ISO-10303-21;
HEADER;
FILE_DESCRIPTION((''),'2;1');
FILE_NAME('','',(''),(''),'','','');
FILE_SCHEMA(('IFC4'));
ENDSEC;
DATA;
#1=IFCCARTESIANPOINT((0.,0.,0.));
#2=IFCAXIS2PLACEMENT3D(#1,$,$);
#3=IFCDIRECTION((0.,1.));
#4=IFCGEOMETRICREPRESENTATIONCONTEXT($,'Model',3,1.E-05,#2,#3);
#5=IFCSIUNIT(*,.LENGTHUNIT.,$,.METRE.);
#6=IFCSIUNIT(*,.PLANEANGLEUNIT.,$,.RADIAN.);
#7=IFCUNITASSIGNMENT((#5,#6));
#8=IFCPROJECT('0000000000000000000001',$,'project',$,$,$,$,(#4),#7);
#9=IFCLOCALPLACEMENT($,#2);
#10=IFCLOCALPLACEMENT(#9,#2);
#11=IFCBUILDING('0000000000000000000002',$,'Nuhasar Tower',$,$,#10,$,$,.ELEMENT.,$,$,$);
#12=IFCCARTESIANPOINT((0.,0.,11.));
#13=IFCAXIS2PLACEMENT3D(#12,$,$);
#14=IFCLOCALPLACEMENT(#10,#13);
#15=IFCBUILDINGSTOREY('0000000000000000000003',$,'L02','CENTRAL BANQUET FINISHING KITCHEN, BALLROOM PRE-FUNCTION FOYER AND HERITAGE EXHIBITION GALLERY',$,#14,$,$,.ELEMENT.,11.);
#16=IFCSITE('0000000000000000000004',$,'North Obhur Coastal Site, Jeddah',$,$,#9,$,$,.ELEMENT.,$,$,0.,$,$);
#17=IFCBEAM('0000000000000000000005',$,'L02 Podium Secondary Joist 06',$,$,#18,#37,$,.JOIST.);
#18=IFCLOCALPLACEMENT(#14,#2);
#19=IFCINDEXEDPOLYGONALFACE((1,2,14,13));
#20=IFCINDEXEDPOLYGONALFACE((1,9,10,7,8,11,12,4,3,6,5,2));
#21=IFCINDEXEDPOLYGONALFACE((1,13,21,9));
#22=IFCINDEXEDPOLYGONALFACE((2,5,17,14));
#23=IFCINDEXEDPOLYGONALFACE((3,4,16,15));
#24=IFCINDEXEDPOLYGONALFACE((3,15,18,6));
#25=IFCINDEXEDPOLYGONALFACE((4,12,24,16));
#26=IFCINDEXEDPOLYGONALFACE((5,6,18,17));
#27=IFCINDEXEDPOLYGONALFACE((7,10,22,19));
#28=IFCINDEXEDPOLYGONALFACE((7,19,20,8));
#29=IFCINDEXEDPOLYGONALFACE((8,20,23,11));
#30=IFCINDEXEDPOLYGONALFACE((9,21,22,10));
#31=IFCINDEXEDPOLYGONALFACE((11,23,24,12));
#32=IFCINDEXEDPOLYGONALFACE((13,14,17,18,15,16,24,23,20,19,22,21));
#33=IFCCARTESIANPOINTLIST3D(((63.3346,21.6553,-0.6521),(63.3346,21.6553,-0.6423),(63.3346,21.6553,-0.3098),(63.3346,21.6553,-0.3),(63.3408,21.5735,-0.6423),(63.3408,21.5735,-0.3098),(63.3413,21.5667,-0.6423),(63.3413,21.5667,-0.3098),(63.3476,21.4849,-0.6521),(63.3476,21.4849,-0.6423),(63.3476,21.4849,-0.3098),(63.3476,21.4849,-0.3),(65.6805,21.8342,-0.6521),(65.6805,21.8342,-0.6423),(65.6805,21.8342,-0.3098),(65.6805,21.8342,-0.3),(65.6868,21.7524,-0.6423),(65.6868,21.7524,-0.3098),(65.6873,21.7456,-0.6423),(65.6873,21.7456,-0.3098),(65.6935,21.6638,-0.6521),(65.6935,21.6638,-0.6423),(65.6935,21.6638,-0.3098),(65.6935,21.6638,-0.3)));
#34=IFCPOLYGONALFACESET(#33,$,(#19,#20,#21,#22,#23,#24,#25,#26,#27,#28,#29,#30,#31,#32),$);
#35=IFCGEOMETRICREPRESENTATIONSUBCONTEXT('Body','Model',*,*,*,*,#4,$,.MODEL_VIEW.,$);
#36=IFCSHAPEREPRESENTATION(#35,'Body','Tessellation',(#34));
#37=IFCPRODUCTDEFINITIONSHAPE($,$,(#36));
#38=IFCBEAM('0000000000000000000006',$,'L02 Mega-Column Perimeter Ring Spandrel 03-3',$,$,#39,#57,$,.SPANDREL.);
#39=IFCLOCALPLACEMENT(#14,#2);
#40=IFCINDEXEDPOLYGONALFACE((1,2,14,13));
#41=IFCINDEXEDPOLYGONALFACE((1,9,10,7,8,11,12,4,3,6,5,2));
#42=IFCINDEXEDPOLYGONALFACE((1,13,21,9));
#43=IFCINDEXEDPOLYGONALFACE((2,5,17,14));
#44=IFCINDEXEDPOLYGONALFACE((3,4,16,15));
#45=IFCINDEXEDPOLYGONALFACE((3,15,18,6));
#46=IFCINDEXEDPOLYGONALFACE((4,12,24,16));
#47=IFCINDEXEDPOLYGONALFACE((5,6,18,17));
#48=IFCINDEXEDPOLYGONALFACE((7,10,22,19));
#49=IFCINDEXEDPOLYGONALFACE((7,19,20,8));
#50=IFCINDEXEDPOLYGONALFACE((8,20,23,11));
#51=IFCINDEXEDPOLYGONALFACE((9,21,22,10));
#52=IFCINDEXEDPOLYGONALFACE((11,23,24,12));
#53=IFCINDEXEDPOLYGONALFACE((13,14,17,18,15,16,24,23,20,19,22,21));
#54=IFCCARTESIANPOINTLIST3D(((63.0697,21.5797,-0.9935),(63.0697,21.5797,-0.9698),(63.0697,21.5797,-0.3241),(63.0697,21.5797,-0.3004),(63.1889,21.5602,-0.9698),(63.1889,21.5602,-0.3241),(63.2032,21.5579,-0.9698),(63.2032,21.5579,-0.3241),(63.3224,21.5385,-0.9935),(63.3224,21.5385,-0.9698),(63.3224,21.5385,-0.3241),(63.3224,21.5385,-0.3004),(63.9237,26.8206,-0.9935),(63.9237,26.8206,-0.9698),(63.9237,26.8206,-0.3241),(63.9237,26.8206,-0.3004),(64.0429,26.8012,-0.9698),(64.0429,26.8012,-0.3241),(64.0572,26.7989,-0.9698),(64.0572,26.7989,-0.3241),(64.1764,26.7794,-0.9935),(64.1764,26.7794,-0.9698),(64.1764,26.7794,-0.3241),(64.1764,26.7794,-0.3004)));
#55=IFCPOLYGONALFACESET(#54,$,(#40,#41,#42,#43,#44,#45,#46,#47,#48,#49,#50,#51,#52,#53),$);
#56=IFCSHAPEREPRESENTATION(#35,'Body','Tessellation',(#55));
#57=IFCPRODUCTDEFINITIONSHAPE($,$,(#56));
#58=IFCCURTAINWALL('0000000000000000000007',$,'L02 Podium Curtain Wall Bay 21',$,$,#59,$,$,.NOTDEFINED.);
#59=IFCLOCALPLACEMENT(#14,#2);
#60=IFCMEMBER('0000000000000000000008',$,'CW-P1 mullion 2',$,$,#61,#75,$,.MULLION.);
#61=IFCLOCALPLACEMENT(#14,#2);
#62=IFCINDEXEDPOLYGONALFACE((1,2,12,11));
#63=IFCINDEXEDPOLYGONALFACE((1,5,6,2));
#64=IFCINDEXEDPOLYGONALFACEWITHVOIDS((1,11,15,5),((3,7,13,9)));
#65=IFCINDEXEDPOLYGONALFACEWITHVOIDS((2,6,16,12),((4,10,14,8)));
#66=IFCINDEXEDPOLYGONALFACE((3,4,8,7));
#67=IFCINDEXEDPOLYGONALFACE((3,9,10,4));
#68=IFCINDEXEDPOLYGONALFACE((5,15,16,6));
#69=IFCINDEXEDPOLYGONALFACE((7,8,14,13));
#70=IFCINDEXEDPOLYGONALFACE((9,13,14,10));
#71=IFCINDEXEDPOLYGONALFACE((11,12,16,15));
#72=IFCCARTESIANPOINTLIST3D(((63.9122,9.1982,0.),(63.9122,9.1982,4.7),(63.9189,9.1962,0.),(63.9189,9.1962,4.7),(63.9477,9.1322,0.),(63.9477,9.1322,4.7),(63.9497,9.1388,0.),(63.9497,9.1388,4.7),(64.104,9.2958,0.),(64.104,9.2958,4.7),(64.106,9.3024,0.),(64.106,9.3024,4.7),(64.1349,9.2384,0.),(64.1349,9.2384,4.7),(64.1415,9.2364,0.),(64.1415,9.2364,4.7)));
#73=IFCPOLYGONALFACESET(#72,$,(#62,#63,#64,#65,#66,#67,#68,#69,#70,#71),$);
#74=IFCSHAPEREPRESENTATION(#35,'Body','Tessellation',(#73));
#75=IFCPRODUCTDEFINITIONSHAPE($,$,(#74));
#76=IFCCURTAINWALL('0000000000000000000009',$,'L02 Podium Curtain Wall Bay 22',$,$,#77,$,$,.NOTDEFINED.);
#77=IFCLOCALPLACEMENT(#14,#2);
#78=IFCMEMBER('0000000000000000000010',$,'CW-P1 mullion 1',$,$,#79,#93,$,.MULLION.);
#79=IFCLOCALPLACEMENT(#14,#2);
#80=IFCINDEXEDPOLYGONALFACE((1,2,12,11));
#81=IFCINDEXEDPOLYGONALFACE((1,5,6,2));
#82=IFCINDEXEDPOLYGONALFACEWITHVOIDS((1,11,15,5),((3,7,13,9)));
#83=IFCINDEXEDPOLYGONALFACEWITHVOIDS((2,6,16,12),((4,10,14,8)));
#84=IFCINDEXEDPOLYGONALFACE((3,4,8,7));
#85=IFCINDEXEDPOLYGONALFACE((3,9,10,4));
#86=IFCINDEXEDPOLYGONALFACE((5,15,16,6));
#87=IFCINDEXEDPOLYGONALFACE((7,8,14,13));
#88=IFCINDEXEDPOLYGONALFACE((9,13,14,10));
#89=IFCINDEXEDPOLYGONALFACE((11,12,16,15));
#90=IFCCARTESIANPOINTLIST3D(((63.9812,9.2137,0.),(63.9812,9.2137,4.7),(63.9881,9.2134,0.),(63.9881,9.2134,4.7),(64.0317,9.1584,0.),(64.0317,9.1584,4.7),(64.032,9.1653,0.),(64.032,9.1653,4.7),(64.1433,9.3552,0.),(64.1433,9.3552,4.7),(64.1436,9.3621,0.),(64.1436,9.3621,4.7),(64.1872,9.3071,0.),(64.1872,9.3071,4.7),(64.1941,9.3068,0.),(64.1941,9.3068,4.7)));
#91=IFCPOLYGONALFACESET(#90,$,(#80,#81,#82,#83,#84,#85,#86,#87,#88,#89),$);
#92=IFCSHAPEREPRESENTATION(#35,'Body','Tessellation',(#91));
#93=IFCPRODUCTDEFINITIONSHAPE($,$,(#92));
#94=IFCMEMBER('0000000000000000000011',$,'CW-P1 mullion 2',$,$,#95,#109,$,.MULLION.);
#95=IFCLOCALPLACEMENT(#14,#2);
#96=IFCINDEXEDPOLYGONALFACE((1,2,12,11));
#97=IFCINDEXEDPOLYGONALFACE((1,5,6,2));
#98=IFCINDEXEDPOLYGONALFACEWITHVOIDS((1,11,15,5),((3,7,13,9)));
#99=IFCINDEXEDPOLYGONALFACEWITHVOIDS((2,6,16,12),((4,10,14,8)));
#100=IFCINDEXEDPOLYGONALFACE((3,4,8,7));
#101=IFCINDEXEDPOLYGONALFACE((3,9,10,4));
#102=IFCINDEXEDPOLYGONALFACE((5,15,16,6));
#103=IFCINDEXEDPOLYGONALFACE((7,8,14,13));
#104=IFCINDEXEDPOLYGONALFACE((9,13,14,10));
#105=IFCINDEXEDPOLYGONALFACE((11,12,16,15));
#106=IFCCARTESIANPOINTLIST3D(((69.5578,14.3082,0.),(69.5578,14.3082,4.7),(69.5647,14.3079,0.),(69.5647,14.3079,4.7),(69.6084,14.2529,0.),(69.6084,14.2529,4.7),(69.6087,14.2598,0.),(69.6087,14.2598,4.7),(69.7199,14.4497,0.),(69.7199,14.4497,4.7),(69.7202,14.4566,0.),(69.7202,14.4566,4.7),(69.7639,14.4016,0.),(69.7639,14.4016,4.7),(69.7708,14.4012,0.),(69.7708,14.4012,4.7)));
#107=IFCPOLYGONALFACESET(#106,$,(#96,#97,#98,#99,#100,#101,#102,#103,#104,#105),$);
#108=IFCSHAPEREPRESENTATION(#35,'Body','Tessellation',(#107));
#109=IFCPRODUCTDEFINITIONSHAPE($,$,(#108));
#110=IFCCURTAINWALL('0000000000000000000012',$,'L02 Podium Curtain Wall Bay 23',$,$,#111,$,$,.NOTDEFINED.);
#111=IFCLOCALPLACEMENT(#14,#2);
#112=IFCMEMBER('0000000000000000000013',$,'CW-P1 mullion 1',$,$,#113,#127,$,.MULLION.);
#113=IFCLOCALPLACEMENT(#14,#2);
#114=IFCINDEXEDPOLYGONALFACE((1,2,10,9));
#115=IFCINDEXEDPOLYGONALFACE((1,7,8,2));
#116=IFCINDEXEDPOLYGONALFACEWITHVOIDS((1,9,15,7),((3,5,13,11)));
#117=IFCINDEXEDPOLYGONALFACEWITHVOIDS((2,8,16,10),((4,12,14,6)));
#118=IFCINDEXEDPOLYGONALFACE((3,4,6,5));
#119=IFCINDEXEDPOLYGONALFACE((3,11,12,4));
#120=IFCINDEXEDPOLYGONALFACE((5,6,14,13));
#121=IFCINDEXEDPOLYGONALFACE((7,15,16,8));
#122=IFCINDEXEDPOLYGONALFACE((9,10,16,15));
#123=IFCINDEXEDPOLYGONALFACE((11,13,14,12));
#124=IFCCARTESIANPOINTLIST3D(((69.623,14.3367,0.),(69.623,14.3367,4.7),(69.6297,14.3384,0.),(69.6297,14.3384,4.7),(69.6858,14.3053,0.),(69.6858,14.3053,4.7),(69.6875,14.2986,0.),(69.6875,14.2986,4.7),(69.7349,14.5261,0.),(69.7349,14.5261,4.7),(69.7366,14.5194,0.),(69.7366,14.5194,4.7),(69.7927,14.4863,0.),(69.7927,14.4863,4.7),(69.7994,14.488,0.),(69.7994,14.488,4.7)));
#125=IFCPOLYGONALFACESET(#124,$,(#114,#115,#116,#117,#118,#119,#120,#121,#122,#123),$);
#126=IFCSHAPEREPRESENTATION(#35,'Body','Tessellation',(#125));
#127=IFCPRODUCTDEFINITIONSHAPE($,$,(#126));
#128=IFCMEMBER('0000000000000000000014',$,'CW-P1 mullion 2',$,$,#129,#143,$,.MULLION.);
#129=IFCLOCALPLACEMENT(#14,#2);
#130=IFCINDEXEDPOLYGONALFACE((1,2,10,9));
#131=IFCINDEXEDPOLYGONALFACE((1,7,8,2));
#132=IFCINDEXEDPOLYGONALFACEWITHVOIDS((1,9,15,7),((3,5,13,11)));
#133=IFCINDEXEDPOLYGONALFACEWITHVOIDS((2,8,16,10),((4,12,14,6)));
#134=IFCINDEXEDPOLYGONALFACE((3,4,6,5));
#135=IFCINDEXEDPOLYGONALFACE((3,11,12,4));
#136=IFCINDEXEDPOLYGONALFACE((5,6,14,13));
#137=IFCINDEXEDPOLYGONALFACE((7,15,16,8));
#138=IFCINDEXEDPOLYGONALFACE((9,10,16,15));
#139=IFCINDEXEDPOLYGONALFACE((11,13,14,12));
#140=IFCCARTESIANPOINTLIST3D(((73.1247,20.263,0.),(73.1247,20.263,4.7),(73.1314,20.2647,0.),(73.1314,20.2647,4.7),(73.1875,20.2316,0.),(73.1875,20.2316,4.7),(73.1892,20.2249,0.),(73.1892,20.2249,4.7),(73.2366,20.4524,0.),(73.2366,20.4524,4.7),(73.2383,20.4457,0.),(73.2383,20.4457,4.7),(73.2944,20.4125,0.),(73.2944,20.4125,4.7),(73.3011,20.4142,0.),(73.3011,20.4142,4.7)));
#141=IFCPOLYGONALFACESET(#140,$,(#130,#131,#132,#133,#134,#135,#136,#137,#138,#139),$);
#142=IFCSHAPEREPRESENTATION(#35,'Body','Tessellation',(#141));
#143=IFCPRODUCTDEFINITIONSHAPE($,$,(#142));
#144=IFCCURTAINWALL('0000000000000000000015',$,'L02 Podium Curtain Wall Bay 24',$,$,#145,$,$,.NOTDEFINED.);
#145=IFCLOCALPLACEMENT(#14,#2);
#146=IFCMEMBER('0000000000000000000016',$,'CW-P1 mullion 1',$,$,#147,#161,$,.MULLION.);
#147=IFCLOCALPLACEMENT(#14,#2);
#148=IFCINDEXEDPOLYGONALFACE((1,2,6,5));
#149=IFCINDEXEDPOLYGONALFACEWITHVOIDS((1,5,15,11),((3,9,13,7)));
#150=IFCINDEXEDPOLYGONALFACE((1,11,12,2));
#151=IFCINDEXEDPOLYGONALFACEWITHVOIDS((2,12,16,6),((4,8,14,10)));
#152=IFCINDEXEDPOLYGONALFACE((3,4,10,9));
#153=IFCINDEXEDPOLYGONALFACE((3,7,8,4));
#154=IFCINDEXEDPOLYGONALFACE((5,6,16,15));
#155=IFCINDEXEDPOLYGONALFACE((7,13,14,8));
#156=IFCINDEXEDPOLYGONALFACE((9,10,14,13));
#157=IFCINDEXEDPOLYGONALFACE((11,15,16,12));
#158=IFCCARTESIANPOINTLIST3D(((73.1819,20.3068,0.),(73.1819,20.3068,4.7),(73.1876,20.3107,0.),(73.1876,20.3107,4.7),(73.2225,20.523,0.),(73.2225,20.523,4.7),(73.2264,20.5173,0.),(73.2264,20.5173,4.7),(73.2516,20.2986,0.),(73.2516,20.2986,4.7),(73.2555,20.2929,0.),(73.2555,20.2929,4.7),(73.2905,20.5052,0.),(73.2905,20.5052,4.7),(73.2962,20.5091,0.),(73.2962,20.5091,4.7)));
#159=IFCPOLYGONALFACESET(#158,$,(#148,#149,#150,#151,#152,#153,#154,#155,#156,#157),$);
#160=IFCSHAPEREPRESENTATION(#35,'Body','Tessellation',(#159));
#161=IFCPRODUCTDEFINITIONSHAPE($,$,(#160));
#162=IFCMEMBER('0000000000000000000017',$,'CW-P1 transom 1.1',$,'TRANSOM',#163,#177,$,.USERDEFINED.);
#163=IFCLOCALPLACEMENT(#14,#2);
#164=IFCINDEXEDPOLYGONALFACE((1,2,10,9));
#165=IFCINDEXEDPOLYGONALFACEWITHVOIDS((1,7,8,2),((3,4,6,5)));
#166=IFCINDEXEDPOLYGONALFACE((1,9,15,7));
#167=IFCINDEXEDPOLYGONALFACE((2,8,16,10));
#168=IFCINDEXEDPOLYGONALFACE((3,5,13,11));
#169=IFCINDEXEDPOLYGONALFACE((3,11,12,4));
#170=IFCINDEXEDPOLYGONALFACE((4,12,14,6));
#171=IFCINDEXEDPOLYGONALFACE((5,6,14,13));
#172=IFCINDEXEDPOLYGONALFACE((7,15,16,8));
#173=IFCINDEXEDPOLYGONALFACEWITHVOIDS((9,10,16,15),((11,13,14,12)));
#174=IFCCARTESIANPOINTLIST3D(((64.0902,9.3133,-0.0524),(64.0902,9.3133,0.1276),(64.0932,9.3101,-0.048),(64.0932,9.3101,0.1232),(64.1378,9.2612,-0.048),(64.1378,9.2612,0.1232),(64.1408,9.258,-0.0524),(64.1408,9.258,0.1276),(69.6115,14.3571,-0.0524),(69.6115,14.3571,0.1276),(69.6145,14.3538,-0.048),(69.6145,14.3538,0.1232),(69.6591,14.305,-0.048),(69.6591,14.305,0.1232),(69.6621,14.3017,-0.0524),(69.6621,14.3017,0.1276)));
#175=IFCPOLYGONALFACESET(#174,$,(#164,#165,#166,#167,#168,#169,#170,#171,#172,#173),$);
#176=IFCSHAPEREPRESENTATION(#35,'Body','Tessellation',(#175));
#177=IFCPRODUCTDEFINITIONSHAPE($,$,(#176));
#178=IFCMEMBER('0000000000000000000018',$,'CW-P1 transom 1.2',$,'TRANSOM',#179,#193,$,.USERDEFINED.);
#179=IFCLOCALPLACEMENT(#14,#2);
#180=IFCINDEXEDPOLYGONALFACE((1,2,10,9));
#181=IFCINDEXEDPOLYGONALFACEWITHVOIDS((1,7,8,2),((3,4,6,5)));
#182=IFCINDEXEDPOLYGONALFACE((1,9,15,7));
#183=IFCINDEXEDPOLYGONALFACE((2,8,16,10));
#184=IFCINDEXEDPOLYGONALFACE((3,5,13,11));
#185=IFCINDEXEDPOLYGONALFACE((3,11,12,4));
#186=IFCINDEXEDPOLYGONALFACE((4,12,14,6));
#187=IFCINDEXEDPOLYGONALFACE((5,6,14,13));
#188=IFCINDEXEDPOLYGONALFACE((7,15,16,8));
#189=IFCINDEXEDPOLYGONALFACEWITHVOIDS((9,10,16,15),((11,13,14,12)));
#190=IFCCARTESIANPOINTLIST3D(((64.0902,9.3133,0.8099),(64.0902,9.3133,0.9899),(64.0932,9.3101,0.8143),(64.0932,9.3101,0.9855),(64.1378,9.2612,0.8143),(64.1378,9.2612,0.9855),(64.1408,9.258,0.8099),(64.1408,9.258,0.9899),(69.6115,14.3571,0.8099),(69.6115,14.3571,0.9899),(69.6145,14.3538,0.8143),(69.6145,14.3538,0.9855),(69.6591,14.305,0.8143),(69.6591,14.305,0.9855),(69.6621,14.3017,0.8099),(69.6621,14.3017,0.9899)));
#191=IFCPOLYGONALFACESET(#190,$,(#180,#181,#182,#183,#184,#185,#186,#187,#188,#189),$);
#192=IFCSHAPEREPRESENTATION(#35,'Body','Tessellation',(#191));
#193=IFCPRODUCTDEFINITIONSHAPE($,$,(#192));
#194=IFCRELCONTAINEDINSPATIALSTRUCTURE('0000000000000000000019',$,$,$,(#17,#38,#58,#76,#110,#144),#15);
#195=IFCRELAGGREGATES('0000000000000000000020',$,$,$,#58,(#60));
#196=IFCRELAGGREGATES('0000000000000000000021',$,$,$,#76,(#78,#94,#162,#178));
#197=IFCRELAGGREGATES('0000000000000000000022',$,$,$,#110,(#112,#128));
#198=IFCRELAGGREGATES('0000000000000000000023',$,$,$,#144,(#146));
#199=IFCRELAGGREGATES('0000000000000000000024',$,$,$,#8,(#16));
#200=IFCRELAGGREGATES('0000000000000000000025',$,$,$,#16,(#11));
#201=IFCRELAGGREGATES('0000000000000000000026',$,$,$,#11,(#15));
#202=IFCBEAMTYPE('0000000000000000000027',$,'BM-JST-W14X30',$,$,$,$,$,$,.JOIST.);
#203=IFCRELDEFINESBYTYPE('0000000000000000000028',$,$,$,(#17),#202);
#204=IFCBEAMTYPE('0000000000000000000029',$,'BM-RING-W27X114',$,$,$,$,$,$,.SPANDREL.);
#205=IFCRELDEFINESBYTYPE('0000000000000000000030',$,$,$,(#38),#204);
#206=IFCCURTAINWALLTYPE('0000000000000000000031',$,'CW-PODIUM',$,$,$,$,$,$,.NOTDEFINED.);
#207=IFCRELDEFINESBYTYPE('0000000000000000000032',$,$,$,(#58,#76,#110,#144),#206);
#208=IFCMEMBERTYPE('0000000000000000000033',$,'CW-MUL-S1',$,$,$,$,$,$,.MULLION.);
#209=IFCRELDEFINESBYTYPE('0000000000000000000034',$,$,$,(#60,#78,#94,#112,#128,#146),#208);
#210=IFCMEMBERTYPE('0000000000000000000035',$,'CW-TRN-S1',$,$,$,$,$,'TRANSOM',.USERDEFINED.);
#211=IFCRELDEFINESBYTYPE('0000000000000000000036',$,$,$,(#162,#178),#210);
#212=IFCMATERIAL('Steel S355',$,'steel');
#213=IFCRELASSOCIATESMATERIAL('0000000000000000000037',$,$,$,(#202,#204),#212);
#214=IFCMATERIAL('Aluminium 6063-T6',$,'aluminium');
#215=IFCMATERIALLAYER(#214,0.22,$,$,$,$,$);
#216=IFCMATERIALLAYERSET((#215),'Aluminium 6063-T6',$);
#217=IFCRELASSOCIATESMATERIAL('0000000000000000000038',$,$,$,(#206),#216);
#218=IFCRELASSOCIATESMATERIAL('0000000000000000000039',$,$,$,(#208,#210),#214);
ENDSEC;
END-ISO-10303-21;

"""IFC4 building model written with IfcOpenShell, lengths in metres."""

from ifc_helpers import new_model, si_unit, direction, frame, origin, origin_2d, place, context, subcontext, project, spatial, hollow_rectangle, i_section, extrude, material, layer, layer_set, material_profile, profile_set, type_object, element, aggregate, save


model = new_model("IFC4")

# Units and contexts
model_context = context("Model", 3, precision=1e-05, world=origin(), true_north=direction((0.0, 1.0)))
body_context = subcontext(model_context, "Body", "Model", "MODEL_VIEW")
ifc_project = project(units=[si_unit("LENGTHUNIT", "METRE"), si_unit("PLANEANGLEUNIT", "RADIAN")], contexts=[model_context])

# Site, building, storey
site_placement = place(None, origin())
site = spatial("IfcSite", under=ifc_project, at=site_placement, Name="North Obhur Coastal Site, Jeddah", CompositionType="ELEMENT", RefElevation=0.0)
building_placement = place(site_placement, origin())
building = spatial("IfcBuilding", under=site, at=building_placement, Name="Nuhasar Tower", CompositionType="ELEMENT")
storey_placement = place(building_placement, frame((0.0, 0.0, 11.0)))
storey = spatial("IfcBuildingStorey", under=building, at=storey_placement, Name="L02", Description="CENTRAL BANQUET FINISHING KITCHEN, BALLROOM PRE-FUNCTION FOYER AND HERITAGE EXHIBITION GALLERY", CompositionType="ELEMENT", Elevation=11.0)

# Beams
ifc_material_1 = material(Name="Steel S355", Category="steel")
ifc_material_profile_1 = material_profile(ifc_material_1, i_section(OverallWidth=0.1709, OverallDepth=0.3521, WebThickness=0.0068, FlangeThickness=0.0098, at=origin_2d()), Name="W14X30")
ifc_profile_set_1 = profile_set([ifc_material_profile_1], Name="Steel S355")
beam_type_1 = type_object("IfcBeamType", Name="BM-JST-W14X30", PredefinedType="JOIST", material=ifc_profile_set_1)
beam_1_placement = place(storey_placement, frame((63.3411, 21.5701, -0.4761), z_axis=(0.997103, 0.076062, 0.0), x_axis=(-0.076062, 0.997103, 0.0)))
element("IfcBeam", 1, at=beam_1_placement, inside=storey, type_object=beam_type_1, Name="L02 Podium Secondary Joist 06", PredefinedType="JOIST", context=body_context, shape_type="SweptSolid", body=[
    extrude(i_section(OverallWidth=0.1709, OverallDepth=0.3521, WebThickness=0.0068, FlangeThickness=0.0098, at=origin_2d()), origin(), (0.0, 0.0, 1.0), 2.3528),
])
ifc_material_profile_2 = material_profile(ifc_material_1, i_section(OverallWidth=0.2561, OverallDepth=0.6931, WebThickness=0.0144, FlangeThickness=0.0237, at=origin_2d()), Name="W27X114")
ifc_profile_set_2 = profile_set([ifc_material_profile_2], Name="Steel S355")
beam_type_2 = type_object("IfcBeamType", Name="BM-RING-W27X114", PredefinedType="SPANDREL", material=ifc_profile_set_2)
beam_2_placement = place(storey_placement, frame((63.196, 21.5591, -0.647), z_axis=(0.160827, 0.986983, 0.0), x_axis=(-0.986983, 0.160827, 0.0)))
element("IfcBeam", 2, at=beam_2_placement, inside=storey, type_object=beam_type_2, Name="L02 Mega-Column Perimeter Ring Spandrel 03-3", PredefinedType="SPANDREL", context=body_context, shape_type="SweptSolid", body=[
    extrude(i_section(OverallWidth=0.2561, OverallDepth=0.6931, WebThickness=0.0144, FlangeThickness=0.0237, at=origin_2d()), origin(), (0.0, 0.0, 1.0), 5.3101),
])

# Curtain wall, member
ifc_material_2 = material(Name="Aluminium 6063-T6", Category="aluminium")
ifc_layer_1 = layer(ifc_material_2, 0.22)
ifc_layer_set_1 = layer_set([ifc_layer_1], Name="Aluminium 6063-T6")
curtain_wall_type = type_object("IfcCurtainWallType", Name="CW-PODIUM", PredefinedType="NOTDEFINED", material=ifc_layer_set_1)
curtain_wall_1_placement = place(storey_placement, origin())
curtain_wall_1 = element("IfcCurtainWall", 3, at=curtain_wall_1_placement, inside=storey, type_object=curtain_wall_type, Name="L02 Podium Curtain Wall Bay 21", PredefinedType="NOTDEFINED")
ifc_material_profile_3 = material_profile(ifc_material_2, hollow_rectangle(XDim=0.075, YDim=0.22, WallThickness=0.0049, at=origin_2d()), Name="CWM-1")
ifc_profile_set_3 = profile_set([ifc_material_profile_3], Name="Aluminium 6063-T6")
member_type_1 = type_object("IfcMemberType", Name="CW-MUL-S1", PredefinedType="MULLION", material=ifc_profile_set_3)
member_1_placement = place(storey_placement, frame((64.0269, 9.2173, 0.0), z_axis=(0.0, 0.0, 1.0), x_axis=(-0.473606, 0.880737, 0.0)))
member_1 = element("IfcMember", 4, at=member_1_placement, type_object=member_type_1, Name="CW-P1 mullion 2", PredefinedType="MULLION", context=body_context, shape_type="SweptSolid", body=[
    extrude(hollow_rectangle(XDim=0.075, YDim=0.22, WallThickness=0.0049, at=origin_2d()), origin(), (0.0, 0.0, 1.0), 4.7),
])
aggregate(curtain_wall_1, [member_1])

# Curtain walls, members
curtain_wall_2_placement = place(storey_placement, origin())
curtain_wall_2 = element("IfcCurtainWall", 5, at=curtain_wall_2_placement, inside=storey, type_object=curtain_wall_type, Name="L02 Podium Curtain Wall Bay 22", PredefinedType="NOTDEFINED")
member_2_placement = place(storey_placement, frame((64.0876, 9.2603, 0.0), z_axis=(0.0, 0.0, 1.0), x_axis=(-0.674465, 0.738307, 0.0)))
member_2 = element("IfcMember", 6, at=member_2_placement, type_object=member_type_1, Name="CW-P1 mullion 1", PredefinedType="MULLION", context=body_context, shape_type="SweptSolid", body=[
    extrude(hollow_rectangle(XDim=0.075, YDim=0.22, WallThickness=0.0049, at=origin_2d()), origin(), (0.0, 0.0, 1.0), 4.7),
])
member_3_placement = place(storey_placement, frame((69.6643, 14.3547, 0.0), z_axis=(0.0, 0.0, 1.0), x_axis=(-0.674465, 0.738307, 0.0)))
member_3 = element("IfcMember", 7, at=member_3_placement, type_object=member_type_1, Name="CW-P1 mullion 2", PredefinedType="MULLION", context=body_context, shape_type="SweptSolid", body=[
    extrude(hollow_rectangle(XDim=0.075, YDim=0.22, WallThickness=0.0049, at=origin_2d()), origin(), (0.0, 0.0, 1.0), 4.7),
])
curtain_wall_3_placement = place(storey_placement, origin())
curtain_wall_3 = element("IfcCurtainWall", 8, at=curtain_wall_3_placement, inside=storey, type_object=curtain_wall_type, Name="L02 Podium Curtain Wall Bay 23", PredefinedType="NOTDEFINED")
member_4_placement = place(storey_placement, frame((69.7112, 14.4124, 0.0), z_axis=(0.0, 0.0, 1.0), x_axis=(-0.860935, 0.508715, 0.0)))
member_4 = element("IfcMember", 9, at=member_4_placement, type_object=member_type_1, Name="CW-P1 mullion 1", PredefinedType="MULLION", context=body_context, shape_type="SweptSolid", body=[
    extrude(hollow_rectangle(XDim=0.075, YDim=0.22, WallThickness=0.0049, at=origin_2d()), origin(), (0.0, 0.0, 1.0), 4.7),
])
member_5_placement = place(storey_placement, frame((73.2129, 20.3386, 0.0), z_axis=(0.0, 0.0, 1.0), x_axis=(-0.860935, 0.508715, 0.0)))
member_5 = element("IfcMember", 10, at=member_5_placement, type_object=member_type_1, Name="CW-P1 mullion 2", PredefinedType="MULLION", context=body_context, shape_type="SweptSolid", body=[
    extrude(hollow_rectangle(XDim=0.075, YDim=0.22, WallThickness=0.0049, at=origin_2d()), origin(), (0.0, 0.0, 1.0), 4.7),
])

# Curtain wall, member
curtain_wall_4_placement = place(storey_placement, origin())
curtain_wall_4 = element("IfcCurtainWall", 11, at=curtain_wall_4_placement, inside=storey, type_object=curtain_wall_type, Name="L02 Podium Curtain Wall Bay 24", PredefinedType="NOTDEFINED")
member_6_placement = place(storey_placement, frame((73.239, 20.408, 0.0), z_axis=(0.0, 0.0, 1.0), x_axis=(-0.982801, 0.184667, 0.0)))
member_6 = element("IfcMember", 12, at=member_6_placement, type_object=member_type_1, Name="CW-P1 mullion 1", PredefinedType="MULLION", context=body_context, shape_type="SweptSolid", body=[
    extrude(hollow_rectangle(XDim=0.075, YDim=0.22, WallThickness=0.0049, at=origin_2d()), origin(), (0.0, 0.0, 1.0), 4.7),
])

# Members
ifc_material_profile_4 = material_profile(ifc_material_2, hollow_rectangle(XDim=0.075, YDim=0.1799, WallThickness=0.0044, at=origin_2d()), Name="CWT-1")
ifc_profile_set_4 = profile_set([ifc_material_profile_4], Name="Aluminium 6063-T6")
member_type_2 = type_object("IfcMemberType", Name="CW-TRN-S1", ElementType="TRANSOM", PredefinedType="USERDEFINED", material=ifc_profile_set_4)
member_7_placement = place(storey_placement, frame((64.1155, 9.2856, 0.0376), z_axis=(0.738314, 0.674457, 0.0), x_axis=(-0.674457, 0.738314, 0.0)))
member_7 = element("IfcMember", 13, at=member_7_placement, type_object=member_type_2, Name="CW-P1 transom 1.1", ObjectType="TRANSOM", PredefinedType="USERDEFINED", context=body_context, shape_type="SweptSolid", body=[
    extrude(hollow_rectangle(XDim=0.075, YDim=0.1799, WallThickness=0.0044, at=origin_2d()), origin(), (0.0, 0.0, 1.0), 7.4783),
])
member_8_placement = place(storey_placement, frame((64.1155, 9.2856, 0.8999), z_axis=(0.738314, 0.674457, 0.0), x_axis=(-0.674457, 0.738314, 0.0)))
member_8 = element("IfcMember", 14, at=member_8_placement, type_object=member_type_2, Name="CW-P1 transom 1.2", ObjectType="TRANSOM", PredefinedType="USERDEFINED", context=body_context, shape_type="SweptSolid", body=[
    extrude(hollow_rectangle(XDim=0.075, YDim=0.1799, WallThickness=0.0044, at=origin_2d()), origin(), (0.0, 0.0, 1.0), 7.4783),
])

aggregate(curtain_wall_2, [member_2, member_3, member_7, member_8])
aggregate(curtain_wall_3, [member_4, member_5])
aggregate(curtain_wall_4, [member_6])

save(model, "model.ifc")
